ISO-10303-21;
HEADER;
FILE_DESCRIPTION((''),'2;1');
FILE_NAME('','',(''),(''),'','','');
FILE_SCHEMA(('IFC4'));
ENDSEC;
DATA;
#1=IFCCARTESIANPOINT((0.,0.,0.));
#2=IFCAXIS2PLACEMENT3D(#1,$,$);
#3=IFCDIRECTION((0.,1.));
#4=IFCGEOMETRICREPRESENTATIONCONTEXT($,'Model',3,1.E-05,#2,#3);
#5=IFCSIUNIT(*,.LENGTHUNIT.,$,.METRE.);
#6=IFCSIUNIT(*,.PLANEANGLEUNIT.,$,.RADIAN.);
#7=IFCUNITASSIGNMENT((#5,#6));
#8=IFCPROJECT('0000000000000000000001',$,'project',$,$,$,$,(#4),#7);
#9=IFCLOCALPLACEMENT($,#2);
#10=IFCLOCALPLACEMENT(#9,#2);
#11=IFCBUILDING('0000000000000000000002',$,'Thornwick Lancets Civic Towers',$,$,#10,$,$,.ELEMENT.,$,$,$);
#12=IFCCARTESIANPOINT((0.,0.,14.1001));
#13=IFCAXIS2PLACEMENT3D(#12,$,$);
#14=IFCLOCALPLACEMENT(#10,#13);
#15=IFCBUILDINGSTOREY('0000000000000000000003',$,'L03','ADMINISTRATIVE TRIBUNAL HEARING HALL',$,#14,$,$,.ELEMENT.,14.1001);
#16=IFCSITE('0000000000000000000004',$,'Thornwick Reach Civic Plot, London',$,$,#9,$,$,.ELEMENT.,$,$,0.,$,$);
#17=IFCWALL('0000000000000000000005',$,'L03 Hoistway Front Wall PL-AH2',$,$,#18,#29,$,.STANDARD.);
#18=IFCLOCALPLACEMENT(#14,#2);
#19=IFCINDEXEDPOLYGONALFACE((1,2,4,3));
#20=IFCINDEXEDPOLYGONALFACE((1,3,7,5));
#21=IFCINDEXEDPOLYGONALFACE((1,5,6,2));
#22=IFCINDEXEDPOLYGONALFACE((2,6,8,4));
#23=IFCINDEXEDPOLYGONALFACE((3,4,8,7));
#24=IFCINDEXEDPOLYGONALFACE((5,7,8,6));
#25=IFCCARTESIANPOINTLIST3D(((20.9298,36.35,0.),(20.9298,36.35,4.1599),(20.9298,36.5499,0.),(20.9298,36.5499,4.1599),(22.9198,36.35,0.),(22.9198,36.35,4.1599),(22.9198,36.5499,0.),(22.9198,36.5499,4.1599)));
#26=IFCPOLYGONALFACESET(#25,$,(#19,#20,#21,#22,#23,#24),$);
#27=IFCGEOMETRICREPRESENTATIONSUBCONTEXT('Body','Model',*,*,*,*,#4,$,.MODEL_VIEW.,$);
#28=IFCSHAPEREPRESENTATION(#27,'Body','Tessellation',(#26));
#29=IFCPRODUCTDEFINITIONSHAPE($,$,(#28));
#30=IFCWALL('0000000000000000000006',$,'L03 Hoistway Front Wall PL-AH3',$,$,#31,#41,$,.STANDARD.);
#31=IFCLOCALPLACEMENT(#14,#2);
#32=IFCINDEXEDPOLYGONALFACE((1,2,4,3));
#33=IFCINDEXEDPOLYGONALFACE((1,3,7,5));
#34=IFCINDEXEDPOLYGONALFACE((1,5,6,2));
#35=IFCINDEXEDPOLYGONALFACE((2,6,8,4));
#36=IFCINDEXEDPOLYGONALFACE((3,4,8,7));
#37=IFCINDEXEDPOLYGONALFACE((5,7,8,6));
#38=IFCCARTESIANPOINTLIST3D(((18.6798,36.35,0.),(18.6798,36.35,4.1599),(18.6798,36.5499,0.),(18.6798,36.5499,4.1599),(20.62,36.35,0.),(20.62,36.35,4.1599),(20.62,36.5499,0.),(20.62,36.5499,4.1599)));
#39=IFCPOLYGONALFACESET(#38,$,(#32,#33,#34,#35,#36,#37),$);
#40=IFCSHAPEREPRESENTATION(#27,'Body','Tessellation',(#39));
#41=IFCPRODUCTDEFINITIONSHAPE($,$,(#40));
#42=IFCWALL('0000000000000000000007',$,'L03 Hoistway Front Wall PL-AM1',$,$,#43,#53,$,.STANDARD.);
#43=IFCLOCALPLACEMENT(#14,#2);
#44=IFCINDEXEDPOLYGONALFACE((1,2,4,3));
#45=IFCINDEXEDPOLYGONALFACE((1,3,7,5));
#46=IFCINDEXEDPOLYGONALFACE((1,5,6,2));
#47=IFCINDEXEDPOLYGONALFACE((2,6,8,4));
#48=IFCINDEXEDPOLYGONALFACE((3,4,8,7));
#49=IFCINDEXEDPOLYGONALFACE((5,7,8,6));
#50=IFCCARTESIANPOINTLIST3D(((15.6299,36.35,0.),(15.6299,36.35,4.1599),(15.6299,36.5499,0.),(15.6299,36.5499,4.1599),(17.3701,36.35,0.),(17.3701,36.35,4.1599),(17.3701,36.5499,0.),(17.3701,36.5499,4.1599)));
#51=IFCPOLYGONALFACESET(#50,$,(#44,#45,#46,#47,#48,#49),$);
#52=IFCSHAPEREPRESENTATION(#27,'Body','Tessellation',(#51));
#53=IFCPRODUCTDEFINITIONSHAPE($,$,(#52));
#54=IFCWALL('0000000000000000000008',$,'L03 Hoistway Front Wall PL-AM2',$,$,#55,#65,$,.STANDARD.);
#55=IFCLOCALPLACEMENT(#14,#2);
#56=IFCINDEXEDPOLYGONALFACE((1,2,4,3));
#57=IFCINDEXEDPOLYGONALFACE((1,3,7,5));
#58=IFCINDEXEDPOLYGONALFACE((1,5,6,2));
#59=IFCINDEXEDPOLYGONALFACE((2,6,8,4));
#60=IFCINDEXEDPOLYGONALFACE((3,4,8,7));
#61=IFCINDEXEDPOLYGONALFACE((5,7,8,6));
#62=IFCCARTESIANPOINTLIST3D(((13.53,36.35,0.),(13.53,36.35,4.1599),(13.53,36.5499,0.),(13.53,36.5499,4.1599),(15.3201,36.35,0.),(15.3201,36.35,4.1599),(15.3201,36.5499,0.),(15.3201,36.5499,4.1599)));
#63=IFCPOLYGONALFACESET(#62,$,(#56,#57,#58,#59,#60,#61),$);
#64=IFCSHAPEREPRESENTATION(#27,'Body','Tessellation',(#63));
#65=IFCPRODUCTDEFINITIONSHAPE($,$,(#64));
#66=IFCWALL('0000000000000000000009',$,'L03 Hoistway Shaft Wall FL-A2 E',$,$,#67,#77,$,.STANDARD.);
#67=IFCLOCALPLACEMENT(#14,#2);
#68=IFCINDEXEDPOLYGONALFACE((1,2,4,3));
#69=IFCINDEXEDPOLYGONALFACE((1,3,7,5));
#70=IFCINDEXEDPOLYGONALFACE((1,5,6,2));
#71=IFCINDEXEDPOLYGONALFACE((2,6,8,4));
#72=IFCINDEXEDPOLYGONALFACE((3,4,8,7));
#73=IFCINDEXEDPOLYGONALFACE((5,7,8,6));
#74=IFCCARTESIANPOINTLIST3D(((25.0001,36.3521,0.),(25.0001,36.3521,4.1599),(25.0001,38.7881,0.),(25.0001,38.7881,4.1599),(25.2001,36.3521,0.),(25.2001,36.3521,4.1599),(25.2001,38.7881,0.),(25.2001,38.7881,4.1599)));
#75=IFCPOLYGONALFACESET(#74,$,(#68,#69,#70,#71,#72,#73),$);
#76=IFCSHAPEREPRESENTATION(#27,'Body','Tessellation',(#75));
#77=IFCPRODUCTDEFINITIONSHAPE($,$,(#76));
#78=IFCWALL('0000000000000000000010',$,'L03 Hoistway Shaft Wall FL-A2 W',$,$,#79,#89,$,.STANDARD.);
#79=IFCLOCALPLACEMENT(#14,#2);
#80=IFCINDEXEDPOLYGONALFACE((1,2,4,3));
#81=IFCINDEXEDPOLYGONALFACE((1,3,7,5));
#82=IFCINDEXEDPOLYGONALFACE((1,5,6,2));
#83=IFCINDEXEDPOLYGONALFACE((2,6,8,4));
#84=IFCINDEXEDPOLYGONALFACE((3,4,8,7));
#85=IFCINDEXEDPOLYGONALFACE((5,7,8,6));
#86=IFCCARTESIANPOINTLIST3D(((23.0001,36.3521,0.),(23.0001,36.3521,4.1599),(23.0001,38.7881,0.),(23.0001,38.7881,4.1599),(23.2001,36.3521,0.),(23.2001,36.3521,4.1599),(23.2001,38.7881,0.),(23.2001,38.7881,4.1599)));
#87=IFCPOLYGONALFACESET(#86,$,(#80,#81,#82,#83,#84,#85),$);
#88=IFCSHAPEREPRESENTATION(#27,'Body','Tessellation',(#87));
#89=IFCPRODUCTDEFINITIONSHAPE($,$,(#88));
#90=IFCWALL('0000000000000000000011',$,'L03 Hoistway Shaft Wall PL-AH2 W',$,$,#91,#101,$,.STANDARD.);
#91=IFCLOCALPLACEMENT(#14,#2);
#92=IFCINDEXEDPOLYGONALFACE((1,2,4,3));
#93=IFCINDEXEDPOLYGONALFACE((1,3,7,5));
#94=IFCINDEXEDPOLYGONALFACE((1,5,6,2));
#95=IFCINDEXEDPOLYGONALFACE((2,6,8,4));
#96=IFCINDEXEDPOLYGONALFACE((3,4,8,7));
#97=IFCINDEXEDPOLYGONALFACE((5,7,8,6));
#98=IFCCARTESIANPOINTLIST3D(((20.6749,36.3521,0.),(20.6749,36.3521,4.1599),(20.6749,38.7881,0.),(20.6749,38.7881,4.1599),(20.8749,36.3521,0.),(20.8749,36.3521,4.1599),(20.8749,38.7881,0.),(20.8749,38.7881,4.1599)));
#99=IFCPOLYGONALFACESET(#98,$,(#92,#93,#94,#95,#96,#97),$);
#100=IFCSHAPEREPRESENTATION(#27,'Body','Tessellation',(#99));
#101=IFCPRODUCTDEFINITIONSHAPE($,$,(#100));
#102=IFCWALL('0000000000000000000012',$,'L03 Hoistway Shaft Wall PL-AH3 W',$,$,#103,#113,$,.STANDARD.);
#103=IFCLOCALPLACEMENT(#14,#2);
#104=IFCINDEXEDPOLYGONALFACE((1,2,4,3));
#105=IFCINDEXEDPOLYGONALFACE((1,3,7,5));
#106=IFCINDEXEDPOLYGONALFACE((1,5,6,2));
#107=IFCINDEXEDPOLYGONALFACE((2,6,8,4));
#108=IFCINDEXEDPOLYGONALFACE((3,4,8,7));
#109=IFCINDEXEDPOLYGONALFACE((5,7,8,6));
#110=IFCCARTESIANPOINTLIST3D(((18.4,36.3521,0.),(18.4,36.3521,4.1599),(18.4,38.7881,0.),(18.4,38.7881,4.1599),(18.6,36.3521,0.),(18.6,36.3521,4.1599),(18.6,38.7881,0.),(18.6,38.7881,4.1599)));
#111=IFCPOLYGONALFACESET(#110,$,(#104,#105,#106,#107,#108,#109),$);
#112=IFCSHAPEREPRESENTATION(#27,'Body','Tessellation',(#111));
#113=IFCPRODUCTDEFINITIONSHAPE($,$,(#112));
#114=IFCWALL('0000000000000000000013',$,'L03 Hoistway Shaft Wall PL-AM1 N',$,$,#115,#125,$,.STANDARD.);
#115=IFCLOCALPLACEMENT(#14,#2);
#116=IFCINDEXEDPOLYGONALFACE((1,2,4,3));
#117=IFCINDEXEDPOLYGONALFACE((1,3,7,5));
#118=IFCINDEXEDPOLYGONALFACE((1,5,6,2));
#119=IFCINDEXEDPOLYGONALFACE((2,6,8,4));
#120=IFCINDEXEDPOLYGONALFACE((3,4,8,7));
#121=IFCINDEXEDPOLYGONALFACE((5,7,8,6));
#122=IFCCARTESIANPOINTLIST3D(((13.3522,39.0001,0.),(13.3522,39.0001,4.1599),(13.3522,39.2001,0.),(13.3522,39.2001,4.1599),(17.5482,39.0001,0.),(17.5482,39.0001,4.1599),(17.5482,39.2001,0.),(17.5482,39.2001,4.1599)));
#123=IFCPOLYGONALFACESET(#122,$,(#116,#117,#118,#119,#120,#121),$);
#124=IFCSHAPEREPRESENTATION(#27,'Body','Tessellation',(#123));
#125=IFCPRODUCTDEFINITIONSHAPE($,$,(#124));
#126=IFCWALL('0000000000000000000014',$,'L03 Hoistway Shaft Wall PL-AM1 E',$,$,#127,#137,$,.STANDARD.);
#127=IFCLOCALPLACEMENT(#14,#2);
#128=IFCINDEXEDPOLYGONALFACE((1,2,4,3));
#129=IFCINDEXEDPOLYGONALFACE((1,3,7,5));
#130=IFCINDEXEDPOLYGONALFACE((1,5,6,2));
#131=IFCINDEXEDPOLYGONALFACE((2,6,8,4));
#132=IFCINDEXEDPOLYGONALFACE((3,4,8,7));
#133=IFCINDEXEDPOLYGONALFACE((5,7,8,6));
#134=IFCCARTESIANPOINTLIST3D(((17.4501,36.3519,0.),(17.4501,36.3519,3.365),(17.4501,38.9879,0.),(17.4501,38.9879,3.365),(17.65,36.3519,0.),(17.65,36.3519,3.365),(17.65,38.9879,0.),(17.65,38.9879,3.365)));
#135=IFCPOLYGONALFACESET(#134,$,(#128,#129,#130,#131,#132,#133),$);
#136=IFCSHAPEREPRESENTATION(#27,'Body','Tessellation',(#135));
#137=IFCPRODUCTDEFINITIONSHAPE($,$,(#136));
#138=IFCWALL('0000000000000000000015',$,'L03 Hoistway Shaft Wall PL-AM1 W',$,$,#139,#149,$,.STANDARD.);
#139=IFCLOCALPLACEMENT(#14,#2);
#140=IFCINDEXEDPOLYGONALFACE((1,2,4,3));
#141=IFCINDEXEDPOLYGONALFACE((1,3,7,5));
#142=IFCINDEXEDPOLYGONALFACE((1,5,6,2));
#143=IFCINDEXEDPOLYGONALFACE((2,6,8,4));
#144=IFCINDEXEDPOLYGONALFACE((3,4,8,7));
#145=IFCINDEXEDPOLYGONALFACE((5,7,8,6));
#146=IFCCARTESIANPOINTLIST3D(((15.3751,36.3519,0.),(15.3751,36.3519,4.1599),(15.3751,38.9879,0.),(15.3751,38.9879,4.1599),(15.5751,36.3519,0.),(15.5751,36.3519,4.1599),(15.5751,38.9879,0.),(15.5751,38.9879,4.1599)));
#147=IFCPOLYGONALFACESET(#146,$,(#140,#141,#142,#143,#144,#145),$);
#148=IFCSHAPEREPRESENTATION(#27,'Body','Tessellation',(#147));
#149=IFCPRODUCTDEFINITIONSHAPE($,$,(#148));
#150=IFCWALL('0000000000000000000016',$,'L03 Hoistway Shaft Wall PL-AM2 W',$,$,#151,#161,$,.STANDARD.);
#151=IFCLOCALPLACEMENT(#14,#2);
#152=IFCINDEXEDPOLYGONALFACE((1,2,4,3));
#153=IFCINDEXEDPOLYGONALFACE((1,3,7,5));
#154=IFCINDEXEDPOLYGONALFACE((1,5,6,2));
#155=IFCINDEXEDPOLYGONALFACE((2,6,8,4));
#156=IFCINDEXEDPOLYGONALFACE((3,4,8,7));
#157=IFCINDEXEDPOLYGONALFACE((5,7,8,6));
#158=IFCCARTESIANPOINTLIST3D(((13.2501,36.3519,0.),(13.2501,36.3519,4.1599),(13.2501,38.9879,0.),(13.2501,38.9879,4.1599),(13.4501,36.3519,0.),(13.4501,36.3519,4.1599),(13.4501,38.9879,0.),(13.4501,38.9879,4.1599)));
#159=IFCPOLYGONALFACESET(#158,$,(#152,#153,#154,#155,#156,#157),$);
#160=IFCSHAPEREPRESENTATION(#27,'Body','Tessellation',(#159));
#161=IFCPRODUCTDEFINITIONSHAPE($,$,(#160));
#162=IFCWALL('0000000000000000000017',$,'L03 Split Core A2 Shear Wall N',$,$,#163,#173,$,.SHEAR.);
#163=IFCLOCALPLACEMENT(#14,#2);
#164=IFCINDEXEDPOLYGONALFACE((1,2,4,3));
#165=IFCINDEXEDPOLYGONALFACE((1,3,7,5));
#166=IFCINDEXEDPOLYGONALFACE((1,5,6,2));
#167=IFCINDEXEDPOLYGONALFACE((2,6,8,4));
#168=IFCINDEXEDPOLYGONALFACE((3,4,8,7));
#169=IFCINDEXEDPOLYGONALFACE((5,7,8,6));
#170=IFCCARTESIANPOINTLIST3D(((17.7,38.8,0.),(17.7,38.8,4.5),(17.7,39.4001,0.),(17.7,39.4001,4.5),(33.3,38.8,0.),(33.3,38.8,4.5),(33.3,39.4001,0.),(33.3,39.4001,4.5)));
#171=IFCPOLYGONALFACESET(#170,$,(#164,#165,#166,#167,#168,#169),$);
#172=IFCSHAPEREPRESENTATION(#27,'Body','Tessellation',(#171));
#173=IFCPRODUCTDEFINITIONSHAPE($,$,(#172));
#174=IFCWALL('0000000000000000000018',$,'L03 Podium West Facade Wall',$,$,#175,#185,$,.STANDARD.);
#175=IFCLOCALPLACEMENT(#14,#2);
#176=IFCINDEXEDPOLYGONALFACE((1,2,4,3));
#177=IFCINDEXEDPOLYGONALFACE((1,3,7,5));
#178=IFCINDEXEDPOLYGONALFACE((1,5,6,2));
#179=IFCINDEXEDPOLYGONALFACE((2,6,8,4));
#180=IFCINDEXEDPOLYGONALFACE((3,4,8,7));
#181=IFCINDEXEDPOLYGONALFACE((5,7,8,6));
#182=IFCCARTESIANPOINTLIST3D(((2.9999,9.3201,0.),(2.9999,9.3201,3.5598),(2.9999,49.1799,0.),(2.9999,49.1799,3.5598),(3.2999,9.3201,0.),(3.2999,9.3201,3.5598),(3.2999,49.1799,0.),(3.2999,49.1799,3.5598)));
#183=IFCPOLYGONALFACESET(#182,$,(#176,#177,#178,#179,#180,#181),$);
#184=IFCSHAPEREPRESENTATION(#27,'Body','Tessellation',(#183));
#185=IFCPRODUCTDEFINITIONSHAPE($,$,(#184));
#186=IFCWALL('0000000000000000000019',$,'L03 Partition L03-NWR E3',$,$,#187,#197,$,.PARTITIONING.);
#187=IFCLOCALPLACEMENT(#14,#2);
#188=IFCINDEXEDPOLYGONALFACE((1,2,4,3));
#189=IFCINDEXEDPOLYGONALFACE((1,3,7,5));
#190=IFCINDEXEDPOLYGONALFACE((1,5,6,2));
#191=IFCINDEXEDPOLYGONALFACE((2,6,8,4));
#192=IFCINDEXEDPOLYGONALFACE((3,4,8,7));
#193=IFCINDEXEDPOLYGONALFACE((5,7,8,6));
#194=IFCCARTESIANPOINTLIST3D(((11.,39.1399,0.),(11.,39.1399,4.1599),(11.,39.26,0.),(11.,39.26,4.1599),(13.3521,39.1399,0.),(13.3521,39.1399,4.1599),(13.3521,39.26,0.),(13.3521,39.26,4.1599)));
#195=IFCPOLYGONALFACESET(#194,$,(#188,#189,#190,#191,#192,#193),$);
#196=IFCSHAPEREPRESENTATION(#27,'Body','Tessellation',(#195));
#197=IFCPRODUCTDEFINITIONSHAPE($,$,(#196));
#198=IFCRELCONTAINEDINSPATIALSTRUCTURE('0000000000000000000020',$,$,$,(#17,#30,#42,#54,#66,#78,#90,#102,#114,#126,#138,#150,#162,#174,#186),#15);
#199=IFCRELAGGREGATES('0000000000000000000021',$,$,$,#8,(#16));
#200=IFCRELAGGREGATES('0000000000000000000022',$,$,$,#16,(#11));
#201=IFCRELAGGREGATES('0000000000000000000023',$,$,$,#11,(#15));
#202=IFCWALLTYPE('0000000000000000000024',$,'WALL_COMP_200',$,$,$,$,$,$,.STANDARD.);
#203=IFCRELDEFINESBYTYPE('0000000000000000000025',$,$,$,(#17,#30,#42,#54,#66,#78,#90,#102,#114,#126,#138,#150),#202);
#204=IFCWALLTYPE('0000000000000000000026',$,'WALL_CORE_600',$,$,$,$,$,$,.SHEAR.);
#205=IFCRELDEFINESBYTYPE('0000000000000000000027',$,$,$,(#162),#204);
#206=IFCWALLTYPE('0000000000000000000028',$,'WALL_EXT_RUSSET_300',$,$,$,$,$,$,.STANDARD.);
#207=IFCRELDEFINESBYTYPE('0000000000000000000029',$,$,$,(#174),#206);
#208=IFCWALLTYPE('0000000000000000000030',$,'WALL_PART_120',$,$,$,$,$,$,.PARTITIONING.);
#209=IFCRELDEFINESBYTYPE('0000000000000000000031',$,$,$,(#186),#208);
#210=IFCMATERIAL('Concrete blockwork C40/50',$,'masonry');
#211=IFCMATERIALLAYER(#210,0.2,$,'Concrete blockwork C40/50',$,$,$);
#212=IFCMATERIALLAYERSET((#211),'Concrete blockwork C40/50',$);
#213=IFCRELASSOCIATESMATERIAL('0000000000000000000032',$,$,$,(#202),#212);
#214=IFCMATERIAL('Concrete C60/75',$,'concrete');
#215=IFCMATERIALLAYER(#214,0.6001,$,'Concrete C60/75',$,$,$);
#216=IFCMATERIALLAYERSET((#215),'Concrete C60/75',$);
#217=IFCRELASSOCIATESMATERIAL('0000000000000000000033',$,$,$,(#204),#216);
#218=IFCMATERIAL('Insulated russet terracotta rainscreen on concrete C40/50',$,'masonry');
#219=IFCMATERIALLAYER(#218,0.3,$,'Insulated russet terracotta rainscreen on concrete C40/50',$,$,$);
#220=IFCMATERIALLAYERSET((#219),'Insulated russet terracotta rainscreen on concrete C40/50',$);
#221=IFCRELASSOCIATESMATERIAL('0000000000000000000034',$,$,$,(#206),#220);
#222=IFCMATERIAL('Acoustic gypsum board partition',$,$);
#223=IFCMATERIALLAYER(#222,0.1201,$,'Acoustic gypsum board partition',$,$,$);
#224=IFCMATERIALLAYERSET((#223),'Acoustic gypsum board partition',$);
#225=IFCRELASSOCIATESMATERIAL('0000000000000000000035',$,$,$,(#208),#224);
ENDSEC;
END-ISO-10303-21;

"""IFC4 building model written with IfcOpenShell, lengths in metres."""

from ifc_helpers import new_model, si_unit, direction, frame, frame_2d, origin, place, context, subcontext, project, spatial, rectangle, extrude, material, layer, layer_set, type_object, element, save


model = new_model("IFC4")

# Units and contexts
model_context = context("Model", 3, precision=1e-05, world=origin(), true_north=direction((0.0, 1.0)))
body_context = subcontext(model_context, "Body", "Model", "MODEL_VIEW")
ifc_project = project(units=[si_unit("LENGTHUNIT", "METRE"), si_unit("PLANEANGLEUNIT", "RADIAN")], contexts=[model_context])

# Site, building, storey
site_placement = place(None, origin())
site = spatial("IfcSite", under=ifc_project, at=site_placement, Name="Thornwick Reach Civic Plot, London", CompositionType="ELEMENT", RefElevation=0.0)
building_placement = place(site_placement, origin())
building = spatial("IfcBuilding", under=site, at=building_placement, Name="Thornwick Lancets Civic Towers", CompositionType="ELEMENT")
storey_placement = place(building_placement, frame((0.0, 0.0, 14.1001)))
storey = spatial("IfcBuildingStorey", under=building, at=storey_placement, Name="L03", Description="ADMINISTRATIVE TRIBUNAL HEARING HALL", CompositionType="ELEMENT", Elevation=14.1001)

# Shared definitions
ifc_material_1 = material(Name="Concrete C60/75", Category="concrete")

# Shared definitions
ifc_material_2 = material(Name="Concrete blockwork C40/50", Category="masonry")
ifc_layer_1 = layer(ifc_material_2, 0.2, Name="Concrete blockwork C40/50")
ifc_layer_set_1 = layer_set([ifc_layer_1], Name="Concrete blockwork C40/50")
wall_type_1 = type_object("IfcWallType", Name="WALL_COMP_200", PredefinedType="STANDARD", material=ifc_layer_set_1)

# Walls
wall_1_placement = place(storey_placement, frame((22.9199, 36.45, 0.0), z_axis=(0.0, 0.0, 1.0), x_axis=(-1.0, 0.0, 0.0)))
element("IfcWall", 1, at=wall_1_placement, inside=storey, type_object=wall_type_1, Name="L03 Hoistway Front Wall PL-AH2", PredefinedType="STANDARD", context=body_context, shape_type="SweptSolid", body=[
    extrude(rectangle(XDim=1.99, YDim=0.2, at=frame_2d((0.9951, 0.0))), origin(), (0.0, 0.0, 1.0), 4.1599),
])
wall_2_placement = place(storey_placement, frame((20.6201, 36.45, 0.0), z_axis=(0.0, 0.0, 1.0), x_axis=(-1.0, 0.0, 0.0)))
element("IfcWall", 2, at=wall_2_placement, inside=storey, type_object=wall_type_1, Name="L03 Hoistway Front Wall PL-AH3", PredefinedType="STANDARD", context=body_context, shape_type="SweptSolid", body=[
    extrude(rectangle(XDim=1.9402, YDim=0.2, at=frame_2d((0.9702, 0.0))), origin(), (0.0, 0.0, 1.0), 4.1599),
])
wall_3_placement = place(storey_placement, frame((17.3701, 36.45, 0.0), z_axis=(0.0, 0.0, 1.0), x_axis=(-1.0, 0.0, 0.0)))
element("IfcWall", 3, at=wall_3_placement, inside=storey, type_object=wall_type_1, Name="L03 Hoistway Front Wall PL-AM1", PredefinedType="STANDARD", context=body_context, shape_type="SweptSolid", body=[
    extrude(rectangle(XDim=1.7402, YDim=0.2, at=frame_2d((0.8701, 0.0))), origin(), (0.0, 0.0, 1.0), 4.1599),
])
wall_4_placement = place(storey_placement, frame((15.3201, 36.45, 0.0), z_axis=(0.0, 0.0, 1.0), x_axis=(-1.0, 0.0, 0.0)))
element("IfcWall", 4, at=wall_4_placement, inside=storey, type_object=wall_type_1, Name="L03 Hoistway Front Wall PL-AM2", PredefinedType="STANDARD", context=body_context, shape_type="SweptSolid", body=[
    extrude(rectangle(XDim=1.79, YDim=0.2, at=frame_2d((0.895, 0.0))), origin(), (0.0, 0.0, 1.0), 4.1599),
])
for number, where, z_axis, x_axis, name in (
    (5, (25.1001, 36.3521, 0.0), (0.0, 0.0, 1.0), (0.0, 1.0, 0.0), "L03 Hoistway Shaft Wall FL-A2 E"),
    (6, (23.1001, 36.3521, 0.0), (0.0, 0.0, 1.0), (0.0, 1.0, 0.0), "L03 Hoistway Shaft Wall FL-A2 W"),
    (7, (20.7749, 36.3521, 0.0), (0.0, 0.0, 1.0), (0.0, 1.0, 0.0), "L03 Hoistway Shaft Wall PL-AH2 W"),
    (8, (18.5, 36.3521, 0.0), (0.0, 0.0, 1.0), (0.0, 1.0, 0.0), "L03 Hoistway Shaft Wall PL-AH3 W"),
):
    element("IfcWall", number, at=place(storey_placement, frame(where, z_axis=z_axis, x_axis=x_axis)), inside=storey, type_object=wall_type_1, Name=name, PredefinedType="STANDARD", context=body_context, shape_type="SweptSolid", body=[
        extrude(rectangle(XDim=2.436, YDim=0.2, at=frame_2d((1.218, 0.0))), origin(), (0.0, 0.0, 1.0), 4.1599),
    ])
wall_5_placement = place(storey_placement, frame((13.3521, 39.1001, 0.0), z_axis=(0.0, 0.0, 1.0), x_axis=(1.0, 0.0, 0.0)))
element("IfcWall", 9, at=wall_5_placement, inside=storey, type_object=wall_type_1, Name="L03 Hoistway Shaft Wall PL-AM1 N", PredefinedType="STANDARD", context=body_context, shape_type="SweptSolid", body=[
    extrude(rectangle(XDim=4.196, YDim=0.2, at=frame_2d((2.0981, 0.0))), origin(), (0.0, 0.0, 1.0), 4.1599),
])
wall_6_placement = place(storey_placement, frame((17.55, 36.3521, 0.0), z_axis=(0.0, 0.0, 1.0), x_axis=(0.0, 1.0, 0.0)))
element("IfcWall", 10, at=wall_6_placement, inside=storey, type_object=wall_type_1, Name="L03 Hoistway Shaft Wall PL-AM1 E", PredefinedType="STANDARD", context=body_context, shape_type="SweptSolid", body=[
    extrude(rectangle(XDim=2.636, YDim=0.2, at=frame_2d((1.3179, 0.0))), origin(), (0.0, 0.0, 1.0), 3.365),
])
for number, where, z_axis, x_axis, name in (
    (11, (15.4751, 36.3521, 0.0), (0.0, 0.0, 1.0), (0.0, 1.0, 0.0), "L03 Hoistway Shaft Wall PL-AM1 W"),
    (12, (13.3501, 36.3521, 0.0), (0.0, 0.0, 1.0), (0.0, 1.0, 0.0), "L03 Hoistway Shaft Wall PL-AM2 W"),
):
    element("IfcWall", number, at=place(storey_placement, frame(where, z_axis=z_axis, x_axis=x_axis)), inside=storey, type_object=wall_type_1, Name=name, PredefinedType="STANDARD", context=body_context, shape_type="SweptSolid", body=[
        extrude(rectangle(XDim=2.636, YDim=0.2, at=frame_2d((1.3179, 0.0))), origin(), (0.0, 0.0, 1.0), 4.1599),
    ])
ifc_layer_2 = layer(ifc_material_1, 0.6001, Name="Concrete C60/75")
ifc_layer_set_2 = layer_set([ifc_layer_2], Name="Concrete C60/75")
wall_type_2 = type_object("IfcWallType", Name="WALL_CORE_600", PredefinedType="SHEAR", material=ifc_layer_set_2)
wall_7_placement = place(storey_placement, frame((17.7, 39.1001, 0.0), z_axis=(0.0, 0.0, 1.0), x_axis=(1.0, 0.0, 0.0)))
element("IfcWall", 13, at=wall_7_placement, inside=storey, type_object=wall_type_2, Name="L03 Split Core A2 Shear Wall N", PredefinedType="SHEAR", context=body_context, shape_type="SweptSolid", body=[
    extrude(rectangle(XDim=15.6001, YDim=0.6001, at=frame_2d((7.8, 0.0))), origin(), (0.0, 0.0, 1.0), 4.5),
])
ifc_material_3 = material(Name="Insulated russet terracotta rainscreen on concrete C40/50", Category="masonry")
ifc_layer_3 = layer(ifc_material_3, 0.3, Name="Insulated russet terracotta rainscreen on concrete C40/50")
ifc_layer_set_3 = layer_set([ifc_layer_3], Name="Insulated russet terracotta rainscreen on concrete C40/50")
wall_type_3 = type_object("IfcWallType", Name="WALL_EXT_RUSSET_300", PredefinedType="STANDARD", material=ifc_layer_set_3)
wall_8_placement = place(storey_placement, frame((3.1499, 49.1799, 0.0), z_axis=(0.0, 0.0, 1.0), x_axis=(0.0, -1.0, 0.0)))
element("IfcWall", 14, at=wall_8_placement, inside=storey, type_object=wall_type_3, Name="L03 Podium West Facade Wall", PredefinedType="STANDARD", context=body_context, shape_type="SweptSolid", body=[
    extrude(rectangle(XDim=39.8599, YDim=0.3, at=frame_2d((19.9299, 0.0))), origin(), (0.0, 0.0, 1.0), 3.5598),
])
ifc_material_4 = material(Name="Acoustic gypsum board partition")
ifc_layer_4 = layer(ifc_material_4, 0.1201, Name="Acoustic gypsum board partition")
ifc_layer_set_4 = layer_set([ifc_layer_4], Name="Acoustic gypsum board partition")
wall_type_4 = type_object("IfcWallType", Name="WALL_PART_120", PredefinedType="PARTITIONING", material=ifc_layer_set_4)
wall_9_placement = place(storey_placement, frame((13.3521, 39.2, 0.0), z_axis=(0.0, 0.0, 1.0), x_axis=(-1.0, 0.0, 0.0)))
element("IfcWall", 15, at=wall_9_placement, inside=storey, type_object=wall_type_4, Name="L03 Partition L03-NWR E3", PredefinedType="PARTITIONING", context=body_context, shape_type="SweptSolid", body=[
    extrude(rectangle(XDim=2.3521, YDim=0.1201, at=frame_2d((1.176, 0.0))), origin(), (0.0, 0.0, 1.0), 4.1599),
])

save(model, "model.ifc")
